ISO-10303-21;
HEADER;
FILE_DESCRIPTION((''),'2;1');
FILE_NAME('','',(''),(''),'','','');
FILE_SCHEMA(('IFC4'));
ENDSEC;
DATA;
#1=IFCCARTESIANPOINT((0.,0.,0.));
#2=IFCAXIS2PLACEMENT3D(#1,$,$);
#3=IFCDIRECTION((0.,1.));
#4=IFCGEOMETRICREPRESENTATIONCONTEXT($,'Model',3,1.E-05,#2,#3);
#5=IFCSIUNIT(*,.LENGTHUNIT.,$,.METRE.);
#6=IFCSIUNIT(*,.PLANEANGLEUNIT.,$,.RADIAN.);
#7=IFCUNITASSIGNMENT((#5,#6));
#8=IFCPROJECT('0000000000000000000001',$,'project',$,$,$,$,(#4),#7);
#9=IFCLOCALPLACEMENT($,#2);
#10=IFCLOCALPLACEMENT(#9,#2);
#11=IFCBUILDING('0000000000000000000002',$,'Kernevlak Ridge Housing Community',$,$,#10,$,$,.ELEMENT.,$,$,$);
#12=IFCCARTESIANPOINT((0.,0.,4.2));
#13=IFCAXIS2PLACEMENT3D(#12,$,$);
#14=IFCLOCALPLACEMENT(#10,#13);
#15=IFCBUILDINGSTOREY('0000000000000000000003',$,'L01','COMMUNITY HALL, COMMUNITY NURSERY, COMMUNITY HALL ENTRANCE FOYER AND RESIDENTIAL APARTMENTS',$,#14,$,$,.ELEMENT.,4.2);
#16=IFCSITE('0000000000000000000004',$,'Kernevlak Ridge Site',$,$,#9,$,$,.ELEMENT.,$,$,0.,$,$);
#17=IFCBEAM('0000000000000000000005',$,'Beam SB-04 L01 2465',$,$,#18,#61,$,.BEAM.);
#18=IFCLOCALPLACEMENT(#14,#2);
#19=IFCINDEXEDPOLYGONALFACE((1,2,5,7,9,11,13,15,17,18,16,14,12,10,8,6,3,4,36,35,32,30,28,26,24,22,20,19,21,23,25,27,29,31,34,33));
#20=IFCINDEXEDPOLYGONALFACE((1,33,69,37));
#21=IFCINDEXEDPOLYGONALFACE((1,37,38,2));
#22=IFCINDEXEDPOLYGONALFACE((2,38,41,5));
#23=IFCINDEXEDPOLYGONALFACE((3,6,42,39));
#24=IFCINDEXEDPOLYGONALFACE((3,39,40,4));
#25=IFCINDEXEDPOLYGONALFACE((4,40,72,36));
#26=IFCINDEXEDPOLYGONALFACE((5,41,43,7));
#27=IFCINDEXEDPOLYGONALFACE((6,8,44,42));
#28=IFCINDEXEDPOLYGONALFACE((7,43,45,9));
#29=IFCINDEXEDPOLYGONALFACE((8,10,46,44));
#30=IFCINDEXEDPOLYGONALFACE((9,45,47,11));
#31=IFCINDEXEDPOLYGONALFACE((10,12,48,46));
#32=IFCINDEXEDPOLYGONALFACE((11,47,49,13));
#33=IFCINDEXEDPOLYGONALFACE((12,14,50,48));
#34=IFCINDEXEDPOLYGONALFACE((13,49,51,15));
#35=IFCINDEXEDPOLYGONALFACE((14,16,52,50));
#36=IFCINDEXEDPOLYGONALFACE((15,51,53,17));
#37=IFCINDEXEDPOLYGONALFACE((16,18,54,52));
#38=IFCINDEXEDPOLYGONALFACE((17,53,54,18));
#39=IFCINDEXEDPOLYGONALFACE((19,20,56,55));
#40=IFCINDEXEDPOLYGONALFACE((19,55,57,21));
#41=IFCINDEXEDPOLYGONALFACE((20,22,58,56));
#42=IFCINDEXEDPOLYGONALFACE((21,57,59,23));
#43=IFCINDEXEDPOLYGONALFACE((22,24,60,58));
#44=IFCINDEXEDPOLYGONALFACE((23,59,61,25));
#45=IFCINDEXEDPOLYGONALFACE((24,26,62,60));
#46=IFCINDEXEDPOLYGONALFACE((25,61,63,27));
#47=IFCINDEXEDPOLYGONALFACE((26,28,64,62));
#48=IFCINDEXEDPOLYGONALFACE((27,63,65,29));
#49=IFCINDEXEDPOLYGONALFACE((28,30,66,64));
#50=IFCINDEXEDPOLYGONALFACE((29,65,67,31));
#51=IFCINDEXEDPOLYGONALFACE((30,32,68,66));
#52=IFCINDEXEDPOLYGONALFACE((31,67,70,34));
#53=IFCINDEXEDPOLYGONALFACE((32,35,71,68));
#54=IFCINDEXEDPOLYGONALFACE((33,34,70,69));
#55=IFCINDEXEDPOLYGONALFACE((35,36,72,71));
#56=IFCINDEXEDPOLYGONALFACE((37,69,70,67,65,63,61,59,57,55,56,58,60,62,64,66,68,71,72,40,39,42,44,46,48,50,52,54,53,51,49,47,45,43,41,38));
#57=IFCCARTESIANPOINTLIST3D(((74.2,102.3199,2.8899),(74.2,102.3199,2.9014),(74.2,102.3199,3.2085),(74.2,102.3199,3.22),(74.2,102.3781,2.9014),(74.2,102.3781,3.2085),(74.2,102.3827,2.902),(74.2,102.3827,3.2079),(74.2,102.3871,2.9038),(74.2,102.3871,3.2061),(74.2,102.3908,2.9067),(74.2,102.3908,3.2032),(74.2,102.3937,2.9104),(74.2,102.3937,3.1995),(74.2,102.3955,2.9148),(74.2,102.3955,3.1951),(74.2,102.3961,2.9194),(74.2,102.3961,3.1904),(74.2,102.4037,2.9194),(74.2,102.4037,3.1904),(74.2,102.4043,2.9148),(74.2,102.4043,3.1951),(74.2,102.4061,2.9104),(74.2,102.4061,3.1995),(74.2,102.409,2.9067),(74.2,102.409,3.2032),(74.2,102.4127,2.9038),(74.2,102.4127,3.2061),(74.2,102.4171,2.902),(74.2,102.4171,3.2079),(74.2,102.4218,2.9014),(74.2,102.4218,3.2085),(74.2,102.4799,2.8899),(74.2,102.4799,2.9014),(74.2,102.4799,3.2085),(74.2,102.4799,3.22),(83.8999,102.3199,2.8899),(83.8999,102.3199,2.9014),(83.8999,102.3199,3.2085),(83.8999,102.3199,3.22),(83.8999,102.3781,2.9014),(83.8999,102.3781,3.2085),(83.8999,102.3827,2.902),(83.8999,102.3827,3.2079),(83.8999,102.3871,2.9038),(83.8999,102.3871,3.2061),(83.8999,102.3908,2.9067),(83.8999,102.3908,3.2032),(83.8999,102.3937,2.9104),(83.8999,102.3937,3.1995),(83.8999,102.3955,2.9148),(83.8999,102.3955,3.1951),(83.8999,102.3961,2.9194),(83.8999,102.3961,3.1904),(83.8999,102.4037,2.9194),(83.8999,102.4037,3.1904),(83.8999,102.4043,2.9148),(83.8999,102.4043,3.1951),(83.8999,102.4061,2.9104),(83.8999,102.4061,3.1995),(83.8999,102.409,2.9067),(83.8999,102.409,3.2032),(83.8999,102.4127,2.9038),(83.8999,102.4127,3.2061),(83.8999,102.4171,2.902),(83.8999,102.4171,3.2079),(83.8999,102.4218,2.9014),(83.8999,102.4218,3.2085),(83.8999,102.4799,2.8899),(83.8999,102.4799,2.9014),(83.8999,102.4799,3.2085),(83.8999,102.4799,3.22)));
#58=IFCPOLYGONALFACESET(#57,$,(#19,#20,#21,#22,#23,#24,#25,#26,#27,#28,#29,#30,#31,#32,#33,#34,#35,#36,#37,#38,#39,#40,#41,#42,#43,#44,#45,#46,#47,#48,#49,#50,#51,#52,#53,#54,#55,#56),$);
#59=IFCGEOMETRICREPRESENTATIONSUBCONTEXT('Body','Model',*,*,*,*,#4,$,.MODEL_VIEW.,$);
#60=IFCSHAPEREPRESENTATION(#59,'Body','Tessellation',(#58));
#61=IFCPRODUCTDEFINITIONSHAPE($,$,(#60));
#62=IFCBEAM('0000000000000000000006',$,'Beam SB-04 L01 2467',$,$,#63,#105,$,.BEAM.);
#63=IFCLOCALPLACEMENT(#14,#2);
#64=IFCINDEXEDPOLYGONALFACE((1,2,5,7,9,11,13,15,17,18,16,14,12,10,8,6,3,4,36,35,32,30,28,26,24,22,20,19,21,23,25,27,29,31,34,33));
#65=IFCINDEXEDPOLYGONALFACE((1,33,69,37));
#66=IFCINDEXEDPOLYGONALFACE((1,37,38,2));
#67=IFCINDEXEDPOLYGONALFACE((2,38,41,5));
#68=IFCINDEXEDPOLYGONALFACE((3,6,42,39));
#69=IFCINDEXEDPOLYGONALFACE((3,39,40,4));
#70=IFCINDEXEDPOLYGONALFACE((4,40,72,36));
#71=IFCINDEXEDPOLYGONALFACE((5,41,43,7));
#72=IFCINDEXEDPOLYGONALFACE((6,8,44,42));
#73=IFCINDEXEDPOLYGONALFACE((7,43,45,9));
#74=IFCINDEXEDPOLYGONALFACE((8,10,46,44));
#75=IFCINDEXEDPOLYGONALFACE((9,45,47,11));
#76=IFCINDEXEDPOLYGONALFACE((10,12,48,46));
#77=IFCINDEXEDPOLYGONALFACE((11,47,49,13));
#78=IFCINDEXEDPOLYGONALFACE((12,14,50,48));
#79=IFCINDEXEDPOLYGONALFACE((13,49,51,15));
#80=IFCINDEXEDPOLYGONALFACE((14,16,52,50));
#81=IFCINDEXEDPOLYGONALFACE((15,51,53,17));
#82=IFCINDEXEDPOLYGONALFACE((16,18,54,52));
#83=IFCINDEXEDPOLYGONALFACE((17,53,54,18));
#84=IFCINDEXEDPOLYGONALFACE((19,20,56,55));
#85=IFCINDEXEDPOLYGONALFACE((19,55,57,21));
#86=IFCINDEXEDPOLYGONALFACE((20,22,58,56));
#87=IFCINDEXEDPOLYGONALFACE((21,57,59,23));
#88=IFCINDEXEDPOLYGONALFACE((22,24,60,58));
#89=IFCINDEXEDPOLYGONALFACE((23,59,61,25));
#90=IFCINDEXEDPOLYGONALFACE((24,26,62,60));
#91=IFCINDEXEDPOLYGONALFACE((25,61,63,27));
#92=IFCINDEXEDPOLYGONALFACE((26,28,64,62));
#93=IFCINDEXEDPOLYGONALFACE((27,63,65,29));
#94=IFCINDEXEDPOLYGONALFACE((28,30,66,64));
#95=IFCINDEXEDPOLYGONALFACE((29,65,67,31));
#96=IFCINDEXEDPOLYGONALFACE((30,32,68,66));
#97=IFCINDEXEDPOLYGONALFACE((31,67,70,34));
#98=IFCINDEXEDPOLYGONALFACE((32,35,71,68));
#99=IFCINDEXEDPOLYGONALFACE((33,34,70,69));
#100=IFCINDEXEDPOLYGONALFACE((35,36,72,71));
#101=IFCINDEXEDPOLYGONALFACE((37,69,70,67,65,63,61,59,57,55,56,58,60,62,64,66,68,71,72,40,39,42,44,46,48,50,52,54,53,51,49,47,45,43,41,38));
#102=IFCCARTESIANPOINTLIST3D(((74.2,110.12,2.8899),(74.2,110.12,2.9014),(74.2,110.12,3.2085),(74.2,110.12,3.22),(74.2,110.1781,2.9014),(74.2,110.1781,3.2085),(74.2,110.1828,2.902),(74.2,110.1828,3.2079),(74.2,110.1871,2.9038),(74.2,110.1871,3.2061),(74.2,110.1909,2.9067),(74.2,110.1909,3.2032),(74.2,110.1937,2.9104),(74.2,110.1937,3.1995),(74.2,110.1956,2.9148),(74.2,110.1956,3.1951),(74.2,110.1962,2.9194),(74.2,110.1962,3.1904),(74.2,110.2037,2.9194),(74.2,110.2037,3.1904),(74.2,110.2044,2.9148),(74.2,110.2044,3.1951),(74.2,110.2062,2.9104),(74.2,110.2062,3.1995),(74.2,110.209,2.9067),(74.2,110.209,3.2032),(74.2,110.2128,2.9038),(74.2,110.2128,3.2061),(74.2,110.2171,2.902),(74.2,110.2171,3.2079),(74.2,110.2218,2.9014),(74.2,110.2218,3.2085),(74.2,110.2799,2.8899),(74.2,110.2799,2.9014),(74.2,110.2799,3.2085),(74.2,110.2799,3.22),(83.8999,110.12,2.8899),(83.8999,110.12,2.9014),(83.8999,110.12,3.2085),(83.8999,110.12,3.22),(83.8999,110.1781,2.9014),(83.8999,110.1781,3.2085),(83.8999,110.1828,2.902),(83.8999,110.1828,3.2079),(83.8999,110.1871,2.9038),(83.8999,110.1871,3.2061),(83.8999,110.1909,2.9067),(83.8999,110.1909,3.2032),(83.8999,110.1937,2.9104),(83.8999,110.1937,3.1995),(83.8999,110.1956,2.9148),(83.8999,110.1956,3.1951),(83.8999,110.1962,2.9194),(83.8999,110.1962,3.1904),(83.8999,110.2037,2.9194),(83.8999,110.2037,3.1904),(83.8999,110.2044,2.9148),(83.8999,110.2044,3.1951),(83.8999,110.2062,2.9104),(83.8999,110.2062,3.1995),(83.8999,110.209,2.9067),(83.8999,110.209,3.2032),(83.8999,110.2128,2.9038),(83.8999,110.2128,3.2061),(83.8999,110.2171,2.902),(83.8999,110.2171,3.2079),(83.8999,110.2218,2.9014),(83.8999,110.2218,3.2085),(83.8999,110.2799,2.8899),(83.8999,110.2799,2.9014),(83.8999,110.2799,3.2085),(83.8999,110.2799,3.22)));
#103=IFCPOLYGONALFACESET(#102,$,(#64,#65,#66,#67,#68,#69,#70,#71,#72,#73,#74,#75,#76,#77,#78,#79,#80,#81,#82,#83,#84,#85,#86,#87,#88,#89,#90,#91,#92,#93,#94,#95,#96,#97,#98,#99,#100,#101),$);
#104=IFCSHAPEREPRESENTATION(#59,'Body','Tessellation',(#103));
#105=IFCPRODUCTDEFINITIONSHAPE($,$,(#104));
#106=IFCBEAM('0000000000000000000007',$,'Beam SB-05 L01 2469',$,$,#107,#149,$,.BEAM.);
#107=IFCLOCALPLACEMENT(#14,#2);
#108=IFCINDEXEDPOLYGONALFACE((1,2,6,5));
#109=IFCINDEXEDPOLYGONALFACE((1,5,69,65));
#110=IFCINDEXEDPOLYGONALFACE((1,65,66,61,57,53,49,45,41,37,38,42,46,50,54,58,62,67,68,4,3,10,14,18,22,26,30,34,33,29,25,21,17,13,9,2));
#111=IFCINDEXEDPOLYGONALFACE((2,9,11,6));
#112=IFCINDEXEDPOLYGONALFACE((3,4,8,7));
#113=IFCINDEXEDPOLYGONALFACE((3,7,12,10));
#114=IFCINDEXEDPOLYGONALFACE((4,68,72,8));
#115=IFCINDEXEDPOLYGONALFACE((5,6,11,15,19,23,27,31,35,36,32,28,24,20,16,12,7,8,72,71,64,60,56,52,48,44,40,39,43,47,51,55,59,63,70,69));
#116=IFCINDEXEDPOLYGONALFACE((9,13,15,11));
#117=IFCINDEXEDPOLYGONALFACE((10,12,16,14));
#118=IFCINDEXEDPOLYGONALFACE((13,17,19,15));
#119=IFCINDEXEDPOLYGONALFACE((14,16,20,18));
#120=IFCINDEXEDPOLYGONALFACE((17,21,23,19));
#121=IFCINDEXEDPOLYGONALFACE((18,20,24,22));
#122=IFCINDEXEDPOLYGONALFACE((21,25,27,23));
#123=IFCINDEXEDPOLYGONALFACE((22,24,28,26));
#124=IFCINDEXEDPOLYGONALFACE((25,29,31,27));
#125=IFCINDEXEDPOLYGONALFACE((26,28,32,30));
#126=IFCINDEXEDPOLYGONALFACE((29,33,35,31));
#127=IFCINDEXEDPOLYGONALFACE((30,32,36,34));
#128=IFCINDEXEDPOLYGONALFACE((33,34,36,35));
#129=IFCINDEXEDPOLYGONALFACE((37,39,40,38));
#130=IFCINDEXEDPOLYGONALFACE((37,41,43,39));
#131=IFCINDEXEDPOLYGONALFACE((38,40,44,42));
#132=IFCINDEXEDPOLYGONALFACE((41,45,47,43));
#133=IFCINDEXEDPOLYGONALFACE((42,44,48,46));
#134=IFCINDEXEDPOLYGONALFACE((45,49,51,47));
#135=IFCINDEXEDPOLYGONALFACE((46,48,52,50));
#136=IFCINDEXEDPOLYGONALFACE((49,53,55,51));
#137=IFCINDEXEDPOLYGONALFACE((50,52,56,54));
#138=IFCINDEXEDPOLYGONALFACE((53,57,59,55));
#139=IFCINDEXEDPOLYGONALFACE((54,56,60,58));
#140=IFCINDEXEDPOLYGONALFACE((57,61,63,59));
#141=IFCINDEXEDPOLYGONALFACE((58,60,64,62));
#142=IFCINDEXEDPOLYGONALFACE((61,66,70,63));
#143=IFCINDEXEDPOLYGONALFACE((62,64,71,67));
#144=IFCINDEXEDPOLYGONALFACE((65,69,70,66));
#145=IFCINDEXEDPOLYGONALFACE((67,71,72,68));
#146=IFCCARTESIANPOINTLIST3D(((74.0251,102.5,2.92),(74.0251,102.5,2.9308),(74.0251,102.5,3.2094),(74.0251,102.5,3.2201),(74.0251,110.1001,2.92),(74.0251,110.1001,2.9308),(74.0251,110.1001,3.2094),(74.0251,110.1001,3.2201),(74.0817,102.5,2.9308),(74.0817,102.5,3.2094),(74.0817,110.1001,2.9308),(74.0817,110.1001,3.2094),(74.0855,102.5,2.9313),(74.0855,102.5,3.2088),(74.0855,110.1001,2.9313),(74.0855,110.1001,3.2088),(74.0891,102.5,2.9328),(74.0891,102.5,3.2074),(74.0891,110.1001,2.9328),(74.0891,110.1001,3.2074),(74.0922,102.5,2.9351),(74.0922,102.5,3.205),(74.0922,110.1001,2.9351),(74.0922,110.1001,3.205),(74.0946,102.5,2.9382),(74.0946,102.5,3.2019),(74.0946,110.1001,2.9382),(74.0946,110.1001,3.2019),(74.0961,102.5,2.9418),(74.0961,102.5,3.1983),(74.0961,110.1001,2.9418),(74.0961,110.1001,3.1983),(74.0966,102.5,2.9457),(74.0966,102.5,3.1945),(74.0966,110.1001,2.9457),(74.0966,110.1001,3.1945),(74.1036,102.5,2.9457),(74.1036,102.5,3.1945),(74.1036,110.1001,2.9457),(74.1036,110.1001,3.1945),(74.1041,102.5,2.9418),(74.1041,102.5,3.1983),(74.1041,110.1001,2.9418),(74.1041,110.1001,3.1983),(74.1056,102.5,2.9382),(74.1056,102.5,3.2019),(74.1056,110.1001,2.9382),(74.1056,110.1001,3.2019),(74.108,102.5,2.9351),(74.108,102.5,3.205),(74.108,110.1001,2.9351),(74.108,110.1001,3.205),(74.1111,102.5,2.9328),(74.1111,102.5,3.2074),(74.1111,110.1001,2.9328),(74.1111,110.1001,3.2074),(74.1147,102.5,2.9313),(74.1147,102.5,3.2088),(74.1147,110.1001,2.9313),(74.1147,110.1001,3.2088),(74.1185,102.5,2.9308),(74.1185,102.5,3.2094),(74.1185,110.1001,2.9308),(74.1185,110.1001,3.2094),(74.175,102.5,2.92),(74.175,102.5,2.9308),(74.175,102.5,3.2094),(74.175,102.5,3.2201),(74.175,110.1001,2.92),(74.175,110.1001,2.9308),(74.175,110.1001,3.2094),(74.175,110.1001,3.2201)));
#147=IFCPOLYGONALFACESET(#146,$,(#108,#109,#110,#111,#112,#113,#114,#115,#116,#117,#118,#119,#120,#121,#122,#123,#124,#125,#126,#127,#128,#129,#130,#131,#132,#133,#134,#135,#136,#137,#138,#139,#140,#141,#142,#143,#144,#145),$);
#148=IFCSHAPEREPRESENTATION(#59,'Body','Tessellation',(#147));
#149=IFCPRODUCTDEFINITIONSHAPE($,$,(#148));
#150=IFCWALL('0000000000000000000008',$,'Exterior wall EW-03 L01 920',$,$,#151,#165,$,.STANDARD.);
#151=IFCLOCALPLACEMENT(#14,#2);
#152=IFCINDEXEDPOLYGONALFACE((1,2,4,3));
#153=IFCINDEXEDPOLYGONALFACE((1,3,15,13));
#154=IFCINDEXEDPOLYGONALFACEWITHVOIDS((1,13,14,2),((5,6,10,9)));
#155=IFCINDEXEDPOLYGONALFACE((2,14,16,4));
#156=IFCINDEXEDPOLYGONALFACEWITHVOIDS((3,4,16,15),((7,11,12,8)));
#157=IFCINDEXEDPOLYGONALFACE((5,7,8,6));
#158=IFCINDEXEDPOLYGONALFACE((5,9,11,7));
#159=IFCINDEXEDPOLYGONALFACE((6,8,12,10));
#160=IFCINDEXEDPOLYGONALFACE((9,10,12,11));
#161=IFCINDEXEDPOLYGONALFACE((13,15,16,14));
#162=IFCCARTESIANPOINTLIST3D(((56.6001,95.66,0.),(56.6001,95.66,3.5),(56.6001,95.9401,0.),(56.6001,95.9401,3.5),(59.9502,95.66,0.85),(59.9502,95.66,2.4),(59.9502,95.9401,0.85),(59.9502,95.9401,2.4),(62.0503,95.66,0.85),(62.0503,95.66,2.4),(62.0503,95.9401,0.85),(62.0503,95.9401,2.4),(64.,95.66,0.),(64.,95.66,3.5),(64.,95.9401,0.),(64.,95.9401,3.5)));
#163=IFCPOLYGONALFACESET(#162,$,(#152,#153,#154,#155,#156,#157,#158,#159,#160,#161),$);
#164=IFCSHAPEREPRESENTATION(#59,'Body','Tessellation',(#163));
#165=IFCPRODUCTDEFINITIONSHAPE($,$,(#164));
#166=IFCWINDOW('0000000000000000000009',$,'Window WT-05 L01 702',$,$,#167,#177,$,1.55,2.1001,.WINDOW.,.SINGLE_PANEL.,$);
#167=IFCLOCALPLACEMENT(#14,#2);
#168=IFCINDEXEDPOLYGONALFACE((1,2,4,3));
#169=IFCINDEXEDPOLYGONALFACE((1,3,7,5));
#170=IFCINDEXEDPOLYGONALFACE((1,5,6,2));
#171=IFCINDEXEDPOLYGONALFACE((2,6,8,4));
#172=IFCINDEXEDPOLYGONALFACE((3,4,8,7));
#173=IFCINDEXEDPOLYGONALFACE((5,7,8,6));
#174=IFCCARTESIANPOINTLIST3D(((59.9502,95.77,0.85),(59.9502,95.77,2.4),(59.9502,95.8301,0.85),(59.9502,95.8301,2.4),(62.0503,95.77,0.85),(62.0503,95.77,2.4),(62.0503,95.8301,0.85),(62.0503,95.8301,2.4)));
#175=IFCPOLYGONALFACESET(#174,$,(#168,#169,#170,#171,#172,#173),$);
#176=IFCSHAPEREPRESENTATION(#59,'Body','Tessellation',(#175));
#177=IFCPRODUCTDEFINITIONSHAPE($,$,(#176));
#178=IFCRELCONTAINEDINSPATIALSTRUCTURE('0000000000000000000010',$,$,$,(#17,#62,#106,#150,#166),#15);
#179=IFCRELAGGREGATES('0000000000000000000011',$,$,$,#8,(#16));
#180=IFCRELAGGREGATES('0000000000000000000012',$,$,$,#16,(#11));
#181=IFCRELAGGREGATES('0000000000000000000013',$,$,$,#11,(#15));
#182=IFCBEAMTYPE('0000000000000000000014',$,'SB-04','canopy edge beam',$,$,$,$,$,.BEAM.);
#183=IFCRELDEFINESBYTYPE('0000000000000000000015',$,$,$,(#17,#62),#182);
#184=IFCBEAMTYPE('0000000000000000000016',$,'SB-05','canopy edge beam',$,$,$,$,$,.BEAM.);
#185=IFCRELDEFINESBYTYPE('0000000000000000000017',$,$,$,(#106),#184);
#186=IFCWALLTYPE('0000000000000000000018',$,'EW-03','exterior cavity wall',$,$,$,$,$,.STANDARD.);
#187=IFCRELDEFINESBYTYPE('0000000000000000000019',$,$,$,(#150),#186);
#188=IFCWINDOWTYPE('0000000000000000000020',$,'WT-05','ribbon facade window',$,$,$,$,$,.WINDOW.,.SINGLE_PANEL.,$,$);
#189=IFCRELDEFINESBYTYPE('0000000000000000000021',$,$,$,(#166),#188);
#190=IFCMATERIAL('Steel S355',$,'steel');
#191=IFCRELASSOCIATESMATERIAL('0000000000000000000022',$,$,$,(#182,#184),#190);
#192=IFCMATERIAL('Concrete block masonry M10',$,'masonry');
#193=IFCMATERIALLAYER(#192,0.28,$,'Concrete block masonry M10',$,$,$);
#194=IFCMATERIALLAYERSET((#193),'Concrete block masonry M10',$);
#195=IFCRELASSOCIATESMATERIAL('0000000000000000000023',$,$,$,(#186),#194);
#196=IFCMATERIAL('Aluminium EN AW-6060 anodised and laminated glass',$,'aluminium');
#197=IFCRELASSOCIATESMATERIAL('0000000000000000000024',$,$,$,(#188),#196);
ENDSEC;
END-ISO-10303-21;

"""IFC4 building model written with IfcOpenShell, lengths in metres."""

from ifc_helpers import new_model, si_unit, direction, frame, frame_2d, origin, origin_2d, place, context, subcontext, project, spatial, rectangle, i_section, extrude, material, layer, layer_set, material_profile, profile_set, type_object, element, fill, save


model = new_model("IFC4")

# Units and contexts
model_context = context("Model", 3, precision=1e-05, world=origin(), true_north=direction((0.0, 1.0)))
body_context = subcontext(model_context, "Body", "Model", "MODEL_VIEW")
ifc_project = project(units=[si_unit("LENGTHUNIT", "METRE"), si_unit("PLANEANGLEUNIT", "RADIAN")], contexts=[model_context])

# Site, building, storey
site_placement = place(None, origin())
site = spatial("IfcSite", under=ifc_project, at=site_placement, Name="Kernevlak Ridge Site", CompositionType="ELEMENT", RefElevation=0.0)
building_placement = place(site_placement, origin())
building = spatial("IfcBuilding", under=site, at=building_placement, Name="Kernevlak Ridge Housing Community", CompositionType="ELEMENT")
storey_placement = place(building_placement, frame((0.0, 0.0, 4.2)))
storey = spatial("IfcBuildingStorey", under=building, at=storey_placement, Name="L01", Description="COMMUNITY HALL, COMMUNITY NURSERY, COMMUNITY HALL ENTRANCE FOYER AND RESIDENTIAL APARTMENTS", CompositionType="ELEMENT", Elevation=4.2)

# Shared definitions
ifc_material_1 = material(Name="Steel S355", Category="steel")

# Beams
ifc_material_profile_1 = material_profile(ifc_material_1, i_section(OverallWidth=0.1599, OverallDepth=0.3301, WebThickness=0.0076, FlangeThickness=0.0115, FilletRadius=0.0181, at=origin_2d()), Name="IPE 330")
ifc_profile_set_1 = profile_set([ifc_material_profile_1], Name="Steel S355")
beam_type_1 = type_object("IfcBeamType", Name="SB-04", Description="canopy edge beam", PredefinedType="BEAM", material=ifc_profile_set_1)
for number, where, z_axis, x_axis, name in (
    (1, (74.2, 102.3999, 3.0549), (1.0, 0.0, 0.0), (0.0, 1.0, 0.0), "Beam SB-04 L01 2465"),
    (2, (74.2, 110.2, 3.0549), (1.0, 0.0, 0.0), (0.0, 1.0, 0.0), "Beam SB-04 L01 2467"),
):
    element("IfcBeam", number, at=place(storey_placement, frame(where, z_axis=z_axis, x_axis=x_axis)), inside=storey, type_object=beam_type_1, Name=name, PredefinedType="BEAM", context=body_context, shape_type="SweptSolid", body=[
        extrude(i_section(OverallWidth=0.1599, OverallDepth=0.3301, WebThickness=0.0076, FlangeThickness=0.0115, FilletRadius=0.0181, at=origin_2d()), origin(), (0.0, 0.0, 1.0), 9.7),
    ])
ifc_material_profile_2 = material_profile(ifc_material_1, i_section(OverallWidth=0.1499, OverallDepth=0.3, WebThickness=0.0071, FlangeThickness=0.0107, FilletRadius=0.0149, at=origin_2d()), Name="IPE 300")
ifc_profile_set_2 = profile_set([ifc_material_profile_2], Name="Steel S355")
beam_type_2 = type_object("IfcBeamType", Name="SB-05", Description="canopy edge beam", PredefinedType="BEAM", material=ifc_profile_set_2)
beam_1_placement = place(storey_placement, frame((74.1001, 102.5, 3.0701), z_axis=(0.0, 1.0, 0.0), x_axis=(-1.0, 0.0, 0.0)))
element("IfcBeam", 3, at=beam_1_placement, inside=storey, type_object=beam_type_2, Name="Beam SB-05 L01 2469", PredefinedType="BEAM", context=body_context, shape_type="SweptSolid", body=[
    extrude(i_section(OverallWidth=0.1499, OverallDepth=0.3, WebThickness=0.0071, FlangeThickness=0.0107, FilletRadius=0.0149, at=origin_2d()), origin(), (0.0, 0.0, 1.0), 7.6001),
])

# Wall, opening, window
ifc_material_2 = material(Name="Concrete block masonry M10", Category="masonry")
ifc_layer_1 = layer(ifc_material_2, 0.28, Name="Concrete block masonry M10")
ifc_layer_set_1 = layer_set([ifc_layer_1], Name="Concrete block masonry M10")
wall_type_1 = type_object("IfcWallType", Name="EW-03", Description="exterior cavity wall", PredefinedType="STANDARD", material=ifc_layer_set_1)
wall_1_placement = place(storey_placement, frame((56.6001, 95.8, 0.0), z_axis=(0.0, 0.0, 1.0), x_axis=(1.0, 0.0, 0.0)))
wall_1 = element("IfcWall", 4, at=wall_1_placement, inside=storey, type_object=wall_type_1, Name="Exterior wall EW-03 L01 920", PredefinedType="STANDARD", context=body_context, shape_type="SweptSolid", body=[
    extrude(rectangle(XDim=7.3999, YDim=0.28, at=frame_2d((3.7, 0.0))), origin(), (0.0, 0.0, 1.0), 3.5),
])
opening_1_placement = place(wall_1_placement, frame((3.3501, 0.0, 0.8501)))
opening_1 = element("IfcOpeningElement", 5, at=opening_1_placement, cuts=wall_1, PredefinedType="OPENING", context=body_context, shape_type="SweptSolid", body=[
    extrude(rectangle(XDim=2.1001, YDim=1.55, at=frame_2d((1.05, 0.7749))), frame((0.0, 0.1499, 0.0), z_axis=(0.0, -1.0, 0.0), x_axis=(1.0, 0.0, 0.0)), (0.0, 0.0, 1.0), 0.3),
])
ifc_material_3 = material(Name="Aluminium EN AW-6060 anodised and laminated glass", Category="aluminium")
window_type_1 = type_object("IfcWindowType", Name="WT-05", Description="ribbon facade window", PartitioningType="SINGLE_PANEL", PredefinedType="WINDOW", material=ifc_material_3)
window_1_placement = place(opening_1_placement, origin())
window_1 = element("IfcWindow", 6, at=window_1_placement, inside=storey, type_object=window_type_1, Name="Window WT-05 L01 702", OverallHeight=1.55, OverallWidth=2.1001, PartitioningType="SINGLE_PANEL", PredefinedType="WINDOW", context=body_context, shape_type="SweptSolid", body=[
    extrude(rectangle(XDim=2.1001, YDim=1.55, at=frame_2d((1.05, 0.7749))), frame((0.0, 0.03, 0.0), z_axis=(0.0, -1.0, 0.0), x_axis=(1.0, 0.0, 0.0)), (0.0, 0.0, 1.0), 0.0601),
])
fill(opening_1, window_1)

save(model, "model.ifc")
